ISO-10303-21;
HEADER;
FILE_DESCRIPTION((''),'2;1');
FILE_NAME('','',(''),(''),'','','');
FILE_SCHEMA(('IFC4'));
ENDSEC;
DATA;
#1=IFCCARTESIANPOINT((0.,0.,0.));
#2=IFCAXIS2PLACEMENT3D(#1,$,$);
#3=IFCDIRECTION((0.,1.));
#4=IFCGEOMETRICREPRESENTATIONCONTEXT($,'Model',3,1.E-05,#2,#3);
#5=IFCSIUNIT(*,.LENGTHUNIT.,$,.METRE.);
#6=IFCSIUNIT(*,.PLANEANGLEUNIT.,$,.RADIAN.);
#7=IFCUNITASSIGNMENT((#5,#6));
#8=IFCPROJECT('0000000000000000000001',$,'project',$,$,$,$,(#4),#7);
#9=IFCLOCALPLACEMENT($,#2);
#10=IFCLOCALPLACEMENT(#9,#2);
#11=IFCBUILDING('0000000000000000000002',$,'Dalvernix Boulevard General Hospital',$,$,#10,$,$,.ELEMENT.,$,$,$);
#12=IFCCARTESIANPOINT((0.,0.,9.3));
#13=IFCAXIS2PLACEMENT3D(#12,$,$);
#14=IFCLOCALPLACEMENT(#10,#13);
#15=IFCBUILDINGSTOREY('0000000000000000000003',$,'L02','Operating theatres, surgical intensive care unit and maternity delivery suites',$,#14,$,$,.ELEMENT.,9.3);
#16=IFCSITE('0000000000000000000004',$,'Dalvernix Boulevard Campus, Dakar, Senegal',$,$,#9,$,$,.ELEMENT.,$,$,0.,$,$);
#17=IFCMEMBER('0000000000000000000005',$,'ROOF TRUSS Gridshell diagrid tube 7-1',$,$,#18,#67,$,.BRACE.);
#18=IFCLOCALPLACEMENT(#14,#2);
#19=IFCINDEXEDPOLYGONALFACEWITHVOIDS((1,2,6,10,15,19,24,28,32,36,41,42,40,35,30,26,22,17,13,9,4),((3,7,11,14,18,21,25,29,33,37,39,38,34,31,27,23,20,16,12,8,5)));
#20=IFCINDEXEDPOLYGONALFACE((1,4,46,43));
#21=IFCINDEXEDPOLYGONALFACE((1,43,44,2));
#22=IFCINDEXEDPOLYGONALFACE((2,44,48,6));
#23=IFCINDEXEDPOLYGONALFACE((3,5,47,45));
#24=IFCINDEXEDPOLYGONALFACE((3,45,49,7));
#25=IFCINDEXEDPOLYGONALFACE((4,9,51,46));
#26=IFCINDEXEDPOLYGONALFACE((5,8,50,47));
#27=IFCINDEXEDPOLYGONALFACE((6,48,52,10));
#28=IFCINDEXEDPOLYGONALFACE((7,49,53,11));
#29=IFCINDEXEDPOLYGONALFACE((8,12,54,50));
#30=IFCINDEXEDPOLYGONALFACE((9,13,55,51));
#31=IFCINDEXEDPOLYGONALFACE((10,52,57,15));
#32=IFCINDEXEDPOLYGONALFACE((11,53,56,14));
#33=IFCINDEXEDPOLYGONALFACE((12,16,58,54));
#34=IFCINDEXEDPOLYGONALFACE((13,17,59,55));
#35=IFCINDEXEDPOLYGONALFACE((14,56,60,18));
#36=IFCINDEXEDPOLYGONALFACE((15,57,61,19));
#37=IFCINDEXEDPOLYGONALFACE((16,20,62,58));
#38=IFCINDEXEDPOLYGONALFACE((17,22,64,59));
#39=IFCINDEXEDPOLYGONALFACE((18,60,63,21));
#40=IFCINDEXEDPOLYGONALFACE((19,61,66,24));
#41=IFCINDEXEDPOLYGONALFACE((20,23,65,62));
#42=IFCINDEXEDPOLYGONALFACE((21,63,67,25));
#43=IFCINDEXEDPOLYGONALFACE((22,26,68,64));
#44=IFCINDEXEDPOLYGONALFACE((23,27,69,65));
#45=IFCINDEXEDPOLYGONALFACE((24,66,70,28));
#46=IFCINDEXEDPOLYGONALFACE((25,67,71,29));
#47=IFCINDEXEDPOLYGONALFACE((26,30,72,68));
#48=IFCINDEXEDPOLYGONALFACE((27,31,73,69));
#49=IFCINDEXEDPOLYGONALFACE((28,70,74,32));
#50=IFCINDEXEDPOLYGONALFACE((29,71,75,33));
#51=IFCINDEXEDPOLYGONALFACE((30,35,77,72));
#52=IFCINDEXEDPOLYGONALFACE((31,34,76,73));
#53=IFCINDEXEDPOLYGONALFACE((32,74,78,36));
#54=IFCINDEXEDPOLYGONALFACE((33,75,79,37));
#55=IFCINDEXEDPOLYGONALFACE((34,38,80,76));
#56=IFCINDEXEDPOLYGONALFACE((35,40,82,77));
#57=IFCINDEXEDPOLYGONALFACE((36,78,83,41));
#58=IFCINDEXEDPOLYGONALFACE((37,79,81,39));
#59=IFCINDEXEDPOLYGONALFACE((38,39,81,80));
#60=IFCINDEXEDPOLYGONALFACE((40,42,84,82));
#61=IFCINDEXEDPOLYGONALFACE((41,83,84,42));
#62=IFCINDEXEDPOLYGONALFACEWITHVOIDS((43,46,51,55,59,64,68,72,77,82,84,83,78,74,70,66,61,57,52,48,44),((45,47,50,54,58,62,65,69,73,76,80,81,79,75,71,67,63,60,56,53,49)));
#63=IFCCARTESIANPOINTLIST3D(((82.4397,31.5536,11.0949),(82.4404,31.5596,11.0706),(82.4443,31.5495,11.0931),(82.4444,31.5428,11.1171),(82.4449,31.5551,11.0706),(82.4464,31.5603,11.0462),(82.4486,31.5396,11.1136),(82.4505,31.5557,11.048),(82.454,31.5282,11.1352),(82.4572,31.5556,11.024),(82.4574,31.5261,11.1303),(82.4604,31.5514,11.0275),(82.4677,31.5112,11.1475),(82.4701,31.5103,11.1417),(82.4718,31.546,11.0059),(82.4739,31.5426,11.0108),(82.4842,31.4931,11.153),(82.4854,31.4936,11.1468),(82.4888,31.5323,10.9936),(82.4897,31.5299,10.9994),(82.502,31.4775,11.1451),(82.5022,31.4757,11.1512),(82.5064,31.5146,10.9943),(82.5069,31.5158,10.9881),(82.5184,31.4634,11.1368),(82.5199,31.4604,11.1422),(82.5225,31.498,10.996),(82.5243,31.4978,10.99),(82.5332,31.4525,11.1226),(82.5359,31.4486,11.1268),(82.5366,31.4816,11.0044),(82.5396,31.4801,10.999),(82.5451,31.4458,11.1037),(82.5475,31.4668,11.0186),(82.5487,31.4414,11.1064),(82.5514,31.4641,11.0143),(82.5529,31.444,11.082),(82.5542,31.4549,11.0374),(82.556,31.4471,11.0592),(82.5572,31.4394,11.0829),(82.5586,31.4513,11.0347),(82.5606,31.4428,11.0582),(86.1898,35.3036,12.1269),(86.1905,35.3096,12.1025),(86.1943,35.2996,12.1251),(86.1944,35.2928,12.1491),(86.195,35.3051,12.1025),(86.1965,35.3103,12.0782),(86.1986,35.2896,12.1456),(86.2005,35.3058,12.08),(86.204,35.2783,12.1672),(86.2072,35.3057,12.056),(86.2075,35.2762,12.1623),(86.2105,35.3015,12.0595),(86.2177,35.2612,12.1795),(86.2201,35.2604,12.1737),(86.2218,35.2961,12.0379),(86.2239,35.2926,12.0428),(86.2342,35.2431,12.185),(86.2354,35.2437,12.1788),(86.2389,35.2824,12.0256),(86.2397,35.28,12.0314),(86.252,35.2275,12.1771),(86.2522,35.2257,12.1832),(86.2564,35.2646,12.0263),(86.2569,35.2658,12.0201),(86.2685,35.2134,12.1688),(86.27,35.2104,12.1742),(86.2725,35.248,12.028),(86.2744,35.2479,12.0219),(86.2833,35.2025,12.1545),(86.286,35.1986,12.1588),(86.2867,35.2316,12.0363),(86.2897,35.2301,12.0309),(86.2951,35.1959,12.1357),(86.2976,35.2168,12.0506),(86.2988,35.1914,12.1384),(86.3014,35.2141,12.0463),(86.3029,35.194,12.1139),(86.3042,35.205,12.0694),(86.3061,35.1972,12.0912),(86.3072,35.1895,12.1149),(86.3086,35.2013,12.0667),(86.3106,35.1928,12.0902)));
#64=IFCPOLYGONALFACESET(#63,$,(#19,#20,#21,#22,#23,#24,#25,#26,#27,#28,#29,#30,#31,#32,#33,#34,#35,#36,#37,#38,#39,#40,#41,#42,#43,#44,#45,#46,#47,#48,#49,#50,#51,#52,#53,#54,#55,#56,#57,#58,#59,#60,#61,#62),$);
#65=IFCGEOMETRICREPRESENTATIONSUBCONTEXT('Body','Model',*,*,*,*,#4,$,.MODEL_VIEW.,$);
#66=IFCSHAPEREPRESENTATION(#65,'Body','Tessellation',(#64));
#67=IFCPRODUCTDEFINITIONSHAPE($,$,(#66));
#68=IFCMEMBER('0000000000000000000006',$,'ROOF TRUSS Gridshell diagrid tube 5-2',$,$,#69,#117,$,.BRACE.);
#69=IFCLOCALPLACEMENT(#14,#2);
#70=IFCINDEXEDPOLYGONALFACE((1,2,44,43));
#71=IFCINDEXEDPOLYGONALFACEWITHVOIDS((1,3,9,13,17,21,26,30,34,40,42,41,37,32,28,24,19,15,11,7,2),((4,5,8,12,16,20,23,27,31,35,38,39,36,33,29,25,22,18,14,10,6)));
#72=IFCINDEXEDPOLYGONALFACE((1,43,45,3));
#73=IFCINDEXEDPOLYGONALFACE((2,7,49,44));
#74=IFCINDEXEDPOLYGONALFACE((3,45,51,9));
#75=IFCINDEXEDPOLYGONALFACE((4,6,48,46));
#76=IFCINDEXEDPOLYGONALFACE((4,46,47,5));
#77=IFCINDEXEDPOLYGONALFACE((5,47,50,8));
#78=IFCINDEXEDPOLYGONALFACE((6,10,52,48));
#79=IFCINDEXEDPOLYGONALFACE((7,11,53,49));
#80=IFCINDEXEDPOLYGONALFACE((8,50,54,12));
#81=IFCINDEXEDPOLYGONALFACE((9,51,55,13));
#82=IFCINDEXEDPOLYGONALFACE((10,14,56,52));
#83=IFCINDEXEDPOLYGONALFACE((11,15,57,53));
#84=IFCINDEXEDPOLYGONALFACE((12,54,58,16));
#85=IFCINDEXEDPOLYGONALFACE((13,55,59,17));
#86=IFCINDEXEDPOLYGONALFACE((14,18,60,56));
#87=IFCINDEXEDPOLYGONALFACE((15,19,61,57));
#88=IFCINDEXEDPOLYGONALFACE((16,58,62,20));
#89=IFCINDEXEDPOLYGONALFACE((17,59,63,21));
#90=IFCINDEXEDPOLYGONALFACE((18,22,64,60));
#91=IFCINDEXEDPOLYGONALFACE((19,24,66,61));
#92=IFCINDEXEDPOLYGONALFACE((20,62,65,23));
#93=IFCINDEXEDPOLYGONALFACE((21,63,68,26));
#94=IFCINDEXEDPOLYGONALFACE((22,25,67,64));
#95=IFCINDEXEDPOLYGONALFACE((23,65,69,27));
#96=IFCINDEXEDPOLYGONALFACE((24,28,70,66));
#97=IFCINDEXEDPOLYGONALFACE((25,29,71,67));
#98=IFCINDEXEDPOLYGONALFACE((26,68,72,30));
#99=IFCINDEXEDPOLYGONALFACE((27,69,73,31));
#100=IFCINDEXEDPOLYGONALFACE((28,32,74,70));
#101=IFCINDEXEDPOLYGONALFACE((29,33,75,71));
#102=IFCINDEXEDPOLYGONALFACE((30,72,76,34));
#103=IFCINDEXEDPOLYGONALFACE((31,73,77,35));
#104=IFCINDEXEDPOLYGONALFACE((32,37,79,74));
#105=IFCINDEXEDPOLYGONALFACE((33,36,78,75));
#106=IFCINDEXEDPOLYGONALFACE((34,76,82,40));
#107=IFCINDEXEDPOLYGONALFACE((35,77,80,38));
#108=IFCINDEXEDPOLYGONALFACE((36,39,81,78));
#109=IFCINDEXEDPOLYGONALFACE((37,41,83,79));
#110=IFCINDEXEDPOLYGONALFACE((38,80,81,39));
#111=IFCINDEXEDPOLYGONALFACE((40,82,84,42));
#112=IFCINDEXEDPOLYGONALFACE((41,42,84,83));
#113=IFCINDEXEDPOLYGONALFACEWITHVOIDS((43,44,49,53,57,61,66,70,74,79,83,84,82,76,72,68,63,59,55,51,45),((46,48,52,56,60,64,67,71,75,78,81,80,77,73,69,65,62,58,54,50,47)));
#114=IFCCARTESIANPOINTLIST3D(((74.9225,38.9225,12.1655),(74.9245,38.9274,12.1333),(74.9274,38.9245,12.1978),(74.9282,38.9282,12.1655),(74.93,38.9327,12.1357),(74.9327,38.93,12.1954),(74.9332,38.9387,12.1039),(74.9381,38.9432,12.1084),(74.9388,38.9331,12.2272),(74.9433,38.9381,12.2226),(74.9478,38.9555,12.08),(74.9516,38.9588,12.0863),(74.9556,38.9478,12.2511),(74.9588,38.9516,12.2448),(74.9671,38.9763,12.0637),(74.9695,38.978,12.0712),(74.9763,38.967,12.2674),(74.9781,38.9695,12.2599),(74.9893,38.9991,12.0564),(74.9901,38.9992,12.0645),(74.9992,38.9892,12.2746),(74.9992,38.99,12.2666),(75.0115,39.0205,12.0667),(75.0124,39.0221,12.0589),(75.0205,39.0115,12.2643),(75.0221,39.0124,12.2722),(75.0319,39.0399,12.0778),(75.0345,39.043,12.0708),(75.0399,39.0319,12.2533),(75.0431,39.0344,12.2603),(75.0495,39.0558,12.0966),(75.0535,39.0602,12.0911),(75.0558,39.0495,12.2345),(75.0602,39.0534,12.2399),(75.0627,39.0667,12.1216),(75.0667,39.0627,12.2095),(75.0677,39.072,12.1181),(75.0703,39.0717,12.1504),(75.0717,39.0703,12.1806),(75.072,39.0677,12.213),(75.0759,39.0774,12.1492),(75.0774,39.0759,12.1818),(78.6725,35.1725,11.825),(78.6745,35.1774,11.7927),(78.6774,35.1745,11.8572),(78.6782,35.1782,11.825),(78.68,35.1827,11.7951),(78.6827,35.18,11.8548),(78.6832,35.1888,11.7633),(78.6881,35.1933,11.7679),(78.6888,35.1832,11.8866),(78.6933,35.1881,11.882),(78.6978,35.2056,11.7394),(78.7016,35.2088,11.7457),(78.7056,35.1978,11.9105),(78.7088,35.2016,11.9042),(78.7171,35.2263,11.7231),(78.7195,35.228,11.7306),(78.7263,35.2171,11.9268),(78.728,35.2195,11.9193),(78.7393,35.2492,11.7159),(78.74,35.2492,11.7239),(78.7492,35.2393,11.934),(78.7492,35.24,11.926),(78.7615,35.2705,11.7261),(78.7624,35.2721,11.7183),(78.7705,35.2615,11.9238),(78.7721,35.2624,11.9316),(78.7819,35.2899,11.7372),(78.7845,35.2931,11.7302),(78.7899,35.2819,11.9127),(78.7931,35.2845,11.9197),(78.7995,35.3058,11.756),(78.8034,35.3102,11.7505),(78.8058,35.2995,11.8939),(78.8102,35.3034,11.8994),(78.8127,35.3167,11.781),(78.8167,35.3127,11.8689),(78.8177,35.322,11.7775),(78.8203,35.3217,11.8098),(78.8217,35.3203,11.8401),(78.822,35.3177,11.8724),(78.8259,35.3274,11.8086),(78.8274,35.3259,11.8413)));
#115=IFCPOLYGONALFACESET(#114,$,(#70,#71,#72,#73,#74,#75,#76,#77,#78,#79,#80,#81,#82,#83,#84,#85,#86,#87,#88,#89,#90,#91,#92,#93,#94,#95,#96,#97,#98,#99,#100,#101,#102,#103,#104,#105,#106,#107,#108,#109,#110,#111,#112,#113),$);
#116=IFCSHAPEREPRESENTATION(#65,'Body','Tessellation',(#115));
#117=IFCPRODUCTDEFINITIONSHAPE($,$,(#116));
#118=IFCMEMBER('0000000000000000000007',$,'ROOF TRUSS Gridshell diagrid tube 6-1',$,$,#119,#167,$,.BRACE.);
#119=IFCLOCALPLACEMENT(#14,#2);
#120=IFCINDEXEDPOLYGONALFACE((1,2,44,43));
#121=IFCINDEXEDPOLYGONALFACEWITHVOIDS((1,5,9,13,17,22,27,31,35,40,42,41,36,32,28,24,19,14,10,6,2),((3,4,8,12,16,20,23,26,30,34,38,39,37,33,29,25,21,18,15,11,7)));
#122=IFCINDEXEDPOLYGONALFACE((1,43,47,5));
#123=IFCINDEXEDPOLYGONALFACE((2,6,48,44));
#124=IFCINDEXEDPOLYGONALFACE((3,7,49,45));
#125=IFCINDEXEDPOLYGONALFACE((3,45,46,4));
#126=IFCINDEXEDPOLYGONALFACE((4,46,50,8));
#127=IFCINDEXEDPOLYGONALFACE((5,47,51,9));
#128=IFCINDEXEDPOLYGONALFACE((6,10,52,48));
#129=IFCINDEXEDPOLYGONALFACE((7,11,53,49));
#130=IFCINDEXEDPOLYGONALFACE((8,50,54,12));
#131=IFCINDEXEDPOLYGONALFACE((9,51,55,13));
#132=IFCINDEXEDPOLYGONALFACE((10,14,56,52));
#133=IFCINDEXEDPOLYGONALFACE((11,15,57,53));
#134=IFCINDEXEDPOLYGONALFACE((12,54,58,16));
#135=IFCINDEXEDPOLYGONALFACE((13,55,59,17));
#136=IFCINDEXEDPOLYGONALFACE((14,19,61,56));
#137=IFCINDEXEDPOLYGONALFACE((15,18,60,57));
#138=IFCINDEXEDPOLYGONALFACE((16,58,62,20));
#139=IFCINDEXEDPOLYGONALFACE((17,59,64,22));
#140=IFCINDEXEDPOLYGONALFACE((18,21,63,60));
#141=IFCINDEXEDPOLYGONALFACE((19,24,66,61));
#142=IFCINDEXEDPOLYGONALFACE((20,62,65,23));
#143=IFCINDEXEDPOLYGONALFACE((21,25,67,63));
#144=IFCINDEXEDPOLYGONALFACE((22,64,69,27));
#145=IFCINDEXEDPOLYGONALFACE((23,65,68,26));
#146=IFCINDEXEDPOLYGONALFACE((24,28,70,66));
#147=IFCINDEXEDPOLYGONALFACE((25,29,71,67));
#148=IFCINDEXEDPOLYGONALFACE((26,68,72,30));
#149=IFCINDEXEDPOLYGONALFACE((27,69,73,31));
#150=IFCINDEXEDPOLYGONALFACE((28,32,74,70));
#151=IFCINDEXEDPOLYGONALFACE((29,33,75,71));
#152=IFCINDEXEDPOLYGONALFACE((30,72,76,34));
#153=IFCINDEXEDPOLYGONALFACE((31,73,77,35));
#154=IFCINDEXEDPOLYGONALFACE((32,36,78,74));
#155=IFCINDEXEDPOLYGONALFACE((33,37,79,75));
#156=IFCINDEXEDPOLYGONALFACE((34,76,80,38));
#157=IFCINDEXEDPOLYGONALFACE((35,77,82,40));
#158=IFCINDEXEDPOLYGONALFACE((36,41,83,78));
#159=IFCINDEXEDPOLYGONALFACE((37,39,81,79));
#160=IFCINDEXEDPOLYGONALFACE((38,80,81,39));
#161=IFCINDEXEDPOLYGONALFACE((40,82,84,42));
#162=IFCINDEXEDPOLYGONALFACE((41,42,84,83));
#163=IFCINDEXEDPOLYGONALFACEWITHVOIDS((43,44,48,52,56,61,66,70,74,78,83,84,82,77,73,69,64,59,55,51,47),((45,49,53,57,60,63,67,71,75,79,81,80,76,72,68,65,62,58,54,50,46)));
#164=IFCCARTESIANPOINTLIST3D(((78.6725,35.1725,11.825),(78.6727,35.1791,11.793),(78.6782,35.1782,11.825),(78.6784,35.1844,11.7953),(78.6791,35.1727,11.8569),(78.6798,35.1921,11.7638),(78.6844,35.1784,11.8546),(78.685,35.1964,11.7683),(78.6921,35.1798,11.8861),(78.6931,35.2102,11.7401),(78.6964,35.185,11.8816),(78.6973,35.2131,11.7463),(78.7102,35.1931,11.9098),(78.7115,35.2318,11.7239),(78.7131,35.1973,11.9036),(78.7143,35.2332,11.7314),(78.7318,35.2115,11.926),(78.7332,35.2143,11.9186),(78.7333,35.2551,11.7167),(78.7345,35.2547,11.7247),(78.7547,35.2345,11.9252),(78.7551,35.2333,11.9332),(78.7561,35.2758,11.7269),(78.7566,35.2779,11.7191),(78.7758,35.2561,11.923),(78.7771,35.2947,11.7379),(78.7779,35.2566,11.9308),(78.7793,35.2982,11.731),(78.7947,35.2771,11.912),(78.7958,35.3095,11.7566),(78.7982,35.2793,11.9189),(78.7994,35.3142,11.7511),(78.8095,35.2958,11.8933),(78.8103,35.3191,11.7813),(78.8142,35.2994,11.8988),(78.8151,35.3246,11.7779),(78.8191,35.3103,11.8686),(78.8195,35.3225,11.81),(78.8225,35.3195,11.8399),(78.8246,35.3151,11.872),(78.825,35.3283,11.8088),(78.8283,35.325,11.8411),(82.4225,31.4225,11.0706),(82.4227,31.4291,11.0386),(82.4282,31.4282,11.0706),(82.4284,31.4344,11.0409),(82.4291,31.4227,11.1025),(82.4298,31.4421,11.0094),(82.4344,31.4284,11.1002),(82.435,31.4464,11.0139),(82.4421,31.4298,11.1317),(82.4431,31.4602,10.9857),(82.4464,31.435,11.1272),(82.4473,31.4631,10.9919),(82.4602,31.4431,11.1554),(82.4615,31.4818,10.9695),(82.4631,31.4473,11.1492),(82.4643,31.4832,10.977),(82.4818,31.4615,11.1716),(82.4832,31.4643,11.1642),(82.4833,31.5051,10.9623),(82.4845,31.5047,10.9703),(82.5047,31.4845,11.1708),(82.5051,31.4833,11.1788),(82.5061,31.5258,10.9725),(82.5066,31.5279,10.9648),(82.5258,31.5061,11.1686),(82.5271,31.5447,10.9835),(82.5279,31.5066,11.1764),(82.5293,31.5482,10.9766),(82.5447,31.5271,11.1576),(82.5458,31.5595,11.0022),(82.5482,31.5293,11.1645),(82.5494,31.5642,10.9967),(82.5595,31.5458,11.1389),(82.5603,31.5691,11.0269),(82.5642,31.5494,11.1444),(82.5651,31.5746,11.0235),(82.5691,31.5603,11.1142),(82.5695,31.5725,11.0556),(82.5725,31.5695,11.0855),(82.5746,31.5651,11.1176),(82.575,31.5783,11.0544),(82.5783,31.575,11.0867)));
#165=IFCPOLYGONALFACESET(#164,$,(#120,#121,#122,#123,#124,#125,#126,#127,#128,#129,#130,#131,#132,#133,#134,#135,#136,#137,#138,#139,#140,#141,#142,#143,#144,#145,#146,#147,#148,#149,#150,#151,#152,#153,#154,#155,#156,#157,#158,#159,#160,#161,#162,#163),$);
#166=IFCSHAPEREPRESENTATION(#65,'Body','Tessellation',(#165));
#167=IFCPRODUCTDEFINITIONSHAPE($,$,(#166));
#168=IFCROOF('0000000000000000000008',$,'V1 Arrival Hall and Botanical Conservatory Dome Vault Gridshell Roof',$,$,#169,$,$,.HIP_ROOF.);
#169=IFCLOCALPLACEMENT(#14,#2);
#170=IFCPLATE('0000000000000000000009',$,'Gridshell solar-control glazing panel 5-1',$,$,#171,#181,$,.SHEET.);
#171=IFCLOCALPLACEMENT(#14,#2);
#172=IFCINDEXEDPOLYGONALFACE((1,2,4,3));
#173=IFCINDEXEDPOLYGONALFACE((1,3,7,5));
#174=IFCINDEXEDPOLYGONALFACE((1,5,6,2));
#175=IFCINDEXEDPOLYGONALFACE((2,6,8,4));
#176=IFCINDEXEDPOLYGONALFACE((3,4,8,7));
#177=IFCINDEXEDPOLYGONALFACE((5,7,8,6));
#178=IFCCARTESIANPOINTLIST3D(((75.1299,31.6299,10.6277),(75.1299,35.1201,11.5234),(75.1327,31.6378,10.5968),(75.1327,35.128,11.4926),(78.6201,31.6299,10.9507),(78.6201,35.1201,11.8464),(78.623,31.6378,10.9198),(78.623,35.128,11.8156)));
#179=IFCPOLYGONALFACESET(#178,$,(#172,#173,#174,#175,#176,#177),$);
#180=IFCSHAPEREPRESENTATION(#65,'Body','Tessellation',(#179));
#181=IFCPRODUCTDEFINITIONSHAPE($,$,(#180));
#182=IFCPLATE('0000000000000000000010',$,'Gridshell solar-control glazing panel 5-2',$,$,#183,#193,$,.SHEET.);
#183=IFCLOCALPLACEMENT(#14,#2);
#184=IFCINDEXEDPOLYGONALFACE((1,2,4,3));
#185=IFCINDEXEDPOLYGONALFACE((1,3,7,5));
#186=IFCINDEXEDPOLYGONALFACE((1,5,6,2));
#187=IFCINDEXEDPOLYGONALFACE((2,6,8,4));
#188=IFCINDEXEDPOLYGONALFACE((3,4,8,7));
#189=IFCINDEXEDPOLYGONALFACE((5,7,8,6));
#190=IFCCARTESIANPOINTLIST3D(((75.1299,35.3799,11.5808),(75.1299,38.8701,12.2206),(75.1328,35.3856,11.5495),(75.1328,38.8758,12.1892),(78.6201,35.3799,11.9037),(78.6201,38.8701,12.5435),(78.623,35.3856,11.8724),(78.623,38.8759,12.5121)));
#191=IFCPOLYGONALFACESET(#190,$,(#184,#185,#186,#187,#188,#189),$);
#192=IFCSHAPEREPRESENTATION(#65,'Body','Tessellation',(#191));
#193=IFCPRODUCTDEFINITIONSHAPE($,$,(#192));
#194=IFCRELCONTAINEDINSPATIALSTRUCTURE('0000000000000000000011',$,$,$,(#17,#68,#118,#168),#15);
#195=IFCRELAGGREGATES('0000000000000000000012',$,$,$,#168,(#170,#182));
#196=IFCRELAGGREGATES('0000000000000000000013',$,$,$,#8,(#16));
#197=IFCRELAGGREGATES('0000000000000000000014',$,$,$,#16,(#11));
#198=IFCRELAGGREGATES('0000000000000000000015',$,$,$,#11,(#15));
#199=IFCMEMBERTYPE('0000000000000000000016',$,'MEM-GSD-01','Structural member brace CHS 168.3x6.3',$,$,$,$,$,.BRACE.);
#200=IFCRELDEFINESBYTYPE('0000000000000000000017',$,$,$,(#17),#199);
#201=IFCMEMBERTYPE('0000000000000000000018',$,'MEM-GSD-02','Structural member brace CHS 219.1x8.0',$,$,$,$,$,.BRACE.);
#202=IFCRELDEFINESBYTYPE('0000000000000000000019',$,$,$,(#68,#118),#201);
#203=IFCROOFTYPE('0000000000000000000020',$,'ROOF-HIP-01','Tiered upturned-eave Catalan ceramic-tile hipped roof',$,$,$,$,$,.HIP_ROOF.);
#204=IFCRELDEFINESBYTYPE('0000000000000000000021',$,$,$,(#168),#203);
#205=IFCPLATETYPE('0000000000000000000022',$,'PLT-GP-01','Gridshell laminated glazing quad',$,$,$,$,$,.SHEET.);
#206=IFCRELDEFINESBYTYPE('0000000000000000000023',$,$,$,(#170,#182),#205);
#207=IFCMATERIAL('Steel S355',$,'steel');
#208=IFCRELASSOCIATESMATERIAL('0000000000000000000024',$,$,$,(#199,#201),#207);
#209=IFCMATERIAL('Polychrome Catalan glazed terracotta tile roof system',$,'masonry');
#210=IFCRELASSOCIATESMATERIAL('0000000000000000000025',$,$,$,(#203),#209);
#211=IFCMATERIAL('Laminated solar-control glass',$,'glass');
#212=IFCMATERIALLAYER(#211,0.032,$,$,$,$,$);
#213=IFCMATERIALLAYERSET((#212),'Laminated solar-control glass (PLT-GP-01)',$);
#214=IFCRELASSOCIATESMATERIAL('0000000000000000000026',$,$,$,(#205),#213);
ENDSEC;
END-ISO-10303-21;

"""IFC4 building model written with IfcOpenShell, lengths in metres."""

from ifc_helpers import new_model, si_unit, direction, frame, origin, origin_2d, place, context, subcontext, project, spatial, polyline, hollow_circle, outline, extrude, material, layer, layer_set, material_profile, profile_set, type_object, element, aggregate, save


model = new_model("IFC4")

# Units and contexts
model_context = context("Model", 3, precision=1e-05, world=origin(), true_north=direction((0.0, 1.0)))
body_context = subcontext(model_context, "Body", "Model", "MODEL_VIEW")
ifc_project = project(units=[si_unit("LENGTHUNIT", "METRE"), si_unit("PLANEANGLEUNIT", "RADIAN")], contexts=[model_context])

# Site, building, storey
site_placement = place(None, origin())
site = spatial("IfcSite", under=ifc_project, at=site_placement, Name="Dalvernix Boulevard Campus, Dakar, Senegal", CompositionType="ELEMENT", RefElevation=0.0)
building_placement = place(site_placement, origin())
building = spatial("IfcBuilding", under=site, at=building_placement, Name="Dalvernix Boulevard General Hospital", CompositionType="ELEMENT")
storey_placement = place(building_placement, frame((0.0, 0.0, 9.3)))
storey = spatial("IfcBuildingStorey", under=building, at=storey_placement, Name="L02", Description="Operating theatres, surgical intensive care unit and maternity delivery suites", CompositionType="ELEMENT", Elevation=9.3)

# Shared definitions
ifc_material_1 = material(Name="Steel S355", Category="steel")

# Members
ifc_material_profile_1 = material_profile(ifc_material_1, hollow_circle(Radius=0.0842, WallThickness=0.0063, at=origin_2d()), Name="CHS 168.3x6.3")
ifc_profile_set_1 = profile_set([ifc_material_profile_1], Name="Steel S355")
member_type_1 = type_object("IfcMemberType", Name="MEM-GSD-01", Description="Structural member brace CHS 168.3x6.3", PredefinedType="BRACE", material=ifc_profile_set_1)
member_1_placement = place(storey_placement, frame((82.5, 31.5, 11.0706), z_axis=(0.694088, 0.694088, 0.19101), x_axis=(-0.707107, 0.707107, 0.0)))
element("IfcMember", 1, at=member_1_placement, inside=storey, type_object=member_type_1, Name="ROOF TRUSS Gridshell diagrid tube 7-1", PredefinedType="BRACE", context=body_context, shape_type="SweptSolid", body=[
    extrude(hollow_circle(Radius=0.0842, WallThickness=0.0063, at=origin_2d()), origin(), (0.0, 0.0, 1.0), 5.4028),
])
ifc_material_profile_2 = material_profile(ifc_material_1, hollow_circle(Radius=0.1096, WallThickness=0.0081, at=origin_2d()), Name="CHS 219.1x8.0")
ifc_profile_set_2 = profile_set([ifc_material_profile_2], Name="Steel S355")
member_type_2 = type_object("IfcMemberType", Name="MEM-GSD-02", Description="Structural member brace CHS 219.1x8.0", PredefinedType="BRACE", material=ifc_profile_set_2)
member_2_placement = place(storey_placement, frame((78.75, 35.25, 11.825), z_axis=(-0.705653, 0.705653, 0.064088), x_axis=(-0.707107, -0.707107, 0.0)))
element("IfcMember", 2, at=member_2_placement, inside=storey, type_object=member_type_2, Name="ROOF TRUSS Gridshell diagrid tube 5-2", PredefinedType="BRACE", context=body_context, shape_type="SweptSolid", body=[
    extrude(hollow_circle(Radius=0.1096, WallThickness=0.0081, at=origin_2d()), origin(), (0.0, 0.0, 1.0), 5.3142),
])
member_3_placement = place(storey_placement, frame((82.5, 31.5, 11.0706), z_axis=(-0.700059, 0.700059, 0.140832), x_axis=(-0.707107, -0.707107, 0.0)))
element("IfcMember", 3, at=member_3_placement, inside=storey, type_object=member_type_2, Name="ROOF TRUSS Gridshell diagrid tube 6-1", PredefinedType="BRACE", context=body_context, shape_type="SweptSolid", body=[
    extrude(hollow_circle(Radius=0.1096, WallThickness=0.0081, at=origin_2d()), origin(), (0.0, 0.0, 1.0), 5.3567),
])

# Roof, plates
ifc_material_2 = material(Name="Polychrome Catalan glazed terracotta tile roof system", Category="masonry")
roof_type = type_object("IfcRoofType", Name="ROOF-HIP-01", Description="Tiered upturned-eave Catalan ceramic-tile hipped roof", PredefinedType="HIP_ROOF", material=ifc_material_2)
roof_placement = place(storey_placement, origin())
roof = element("IfcRoof", 4, at=roof_placement, inside=storey, type_object=roof_type, Name="V1 Arrival Hall and Botanical Conservatory Dome Vault Gridshell Roof", PredefinedType="HIP_ROOF")
ifc_material_3 = material(Name="Laminated solar-control glass", Category="glass")
ifc_layer = layer(ifc_material_3, 0.032)
ifc_layer_set = layer_set([ifc_layer], Name="Laminated solar-control glass (PLT-GP-01)")
plate_type = type_object("IfcPlateType", Name="PLT-GP-01", Description="Gridshell laminated glazing quad", PredefinedType="SHEET", material=ifc_layer_set)
plate_1_placement = place(storey_placement, frame((75.1299, 31.6299, 10.6277), z_axis=(-0.08928, -0.247596, 0.964741), x_axis=(0.995745, 0.0, 0.09215)))
plate_1 = element("IfcPlate", 5, at=plate_1_placement, type_object=plate_type, Name="Gridshell solar-control glazing panel 5-1", PredefinedType="SHEET", context=body_context, shape_type="SweptSolid", body=[
    extrude(outline(polyline([(0.0, 0.0), (3.5051, 0.0), (3.5877, 3.6024), (0.0825, 3.6024), (0.0, 0.0)])), origin(), (0.0, 0.0, -1.0), 0.032),
])
plate_2_placement = place(storey_placement, frame((75.1299, 35.3799, 11.5808), z_axis=(-0.090618, -0.179557, 0.979565), x_axis=(0.995748, -0.000006, 0.092114)))
plate_2 = element("IfcPlate", 6, at=plate_2_placement, type_object=plate_type, Name="Gridshell solar-control glazing panel 5-2", PredefinedType="SHEET", context=body_context, shape_type="SweptSolid", body=[
    extrude(outline(polyline([(0.0, 0.0), (3.5051, 0.0), (3.564, 3.5479), (0.0589, 3.5479), (0.0, 0.0)])), origin(), (0.0, 0.0, -1.0), 0.032),
])
aggregate(roof, [plate_1, plate_2])

save(model, "model.ifc")
